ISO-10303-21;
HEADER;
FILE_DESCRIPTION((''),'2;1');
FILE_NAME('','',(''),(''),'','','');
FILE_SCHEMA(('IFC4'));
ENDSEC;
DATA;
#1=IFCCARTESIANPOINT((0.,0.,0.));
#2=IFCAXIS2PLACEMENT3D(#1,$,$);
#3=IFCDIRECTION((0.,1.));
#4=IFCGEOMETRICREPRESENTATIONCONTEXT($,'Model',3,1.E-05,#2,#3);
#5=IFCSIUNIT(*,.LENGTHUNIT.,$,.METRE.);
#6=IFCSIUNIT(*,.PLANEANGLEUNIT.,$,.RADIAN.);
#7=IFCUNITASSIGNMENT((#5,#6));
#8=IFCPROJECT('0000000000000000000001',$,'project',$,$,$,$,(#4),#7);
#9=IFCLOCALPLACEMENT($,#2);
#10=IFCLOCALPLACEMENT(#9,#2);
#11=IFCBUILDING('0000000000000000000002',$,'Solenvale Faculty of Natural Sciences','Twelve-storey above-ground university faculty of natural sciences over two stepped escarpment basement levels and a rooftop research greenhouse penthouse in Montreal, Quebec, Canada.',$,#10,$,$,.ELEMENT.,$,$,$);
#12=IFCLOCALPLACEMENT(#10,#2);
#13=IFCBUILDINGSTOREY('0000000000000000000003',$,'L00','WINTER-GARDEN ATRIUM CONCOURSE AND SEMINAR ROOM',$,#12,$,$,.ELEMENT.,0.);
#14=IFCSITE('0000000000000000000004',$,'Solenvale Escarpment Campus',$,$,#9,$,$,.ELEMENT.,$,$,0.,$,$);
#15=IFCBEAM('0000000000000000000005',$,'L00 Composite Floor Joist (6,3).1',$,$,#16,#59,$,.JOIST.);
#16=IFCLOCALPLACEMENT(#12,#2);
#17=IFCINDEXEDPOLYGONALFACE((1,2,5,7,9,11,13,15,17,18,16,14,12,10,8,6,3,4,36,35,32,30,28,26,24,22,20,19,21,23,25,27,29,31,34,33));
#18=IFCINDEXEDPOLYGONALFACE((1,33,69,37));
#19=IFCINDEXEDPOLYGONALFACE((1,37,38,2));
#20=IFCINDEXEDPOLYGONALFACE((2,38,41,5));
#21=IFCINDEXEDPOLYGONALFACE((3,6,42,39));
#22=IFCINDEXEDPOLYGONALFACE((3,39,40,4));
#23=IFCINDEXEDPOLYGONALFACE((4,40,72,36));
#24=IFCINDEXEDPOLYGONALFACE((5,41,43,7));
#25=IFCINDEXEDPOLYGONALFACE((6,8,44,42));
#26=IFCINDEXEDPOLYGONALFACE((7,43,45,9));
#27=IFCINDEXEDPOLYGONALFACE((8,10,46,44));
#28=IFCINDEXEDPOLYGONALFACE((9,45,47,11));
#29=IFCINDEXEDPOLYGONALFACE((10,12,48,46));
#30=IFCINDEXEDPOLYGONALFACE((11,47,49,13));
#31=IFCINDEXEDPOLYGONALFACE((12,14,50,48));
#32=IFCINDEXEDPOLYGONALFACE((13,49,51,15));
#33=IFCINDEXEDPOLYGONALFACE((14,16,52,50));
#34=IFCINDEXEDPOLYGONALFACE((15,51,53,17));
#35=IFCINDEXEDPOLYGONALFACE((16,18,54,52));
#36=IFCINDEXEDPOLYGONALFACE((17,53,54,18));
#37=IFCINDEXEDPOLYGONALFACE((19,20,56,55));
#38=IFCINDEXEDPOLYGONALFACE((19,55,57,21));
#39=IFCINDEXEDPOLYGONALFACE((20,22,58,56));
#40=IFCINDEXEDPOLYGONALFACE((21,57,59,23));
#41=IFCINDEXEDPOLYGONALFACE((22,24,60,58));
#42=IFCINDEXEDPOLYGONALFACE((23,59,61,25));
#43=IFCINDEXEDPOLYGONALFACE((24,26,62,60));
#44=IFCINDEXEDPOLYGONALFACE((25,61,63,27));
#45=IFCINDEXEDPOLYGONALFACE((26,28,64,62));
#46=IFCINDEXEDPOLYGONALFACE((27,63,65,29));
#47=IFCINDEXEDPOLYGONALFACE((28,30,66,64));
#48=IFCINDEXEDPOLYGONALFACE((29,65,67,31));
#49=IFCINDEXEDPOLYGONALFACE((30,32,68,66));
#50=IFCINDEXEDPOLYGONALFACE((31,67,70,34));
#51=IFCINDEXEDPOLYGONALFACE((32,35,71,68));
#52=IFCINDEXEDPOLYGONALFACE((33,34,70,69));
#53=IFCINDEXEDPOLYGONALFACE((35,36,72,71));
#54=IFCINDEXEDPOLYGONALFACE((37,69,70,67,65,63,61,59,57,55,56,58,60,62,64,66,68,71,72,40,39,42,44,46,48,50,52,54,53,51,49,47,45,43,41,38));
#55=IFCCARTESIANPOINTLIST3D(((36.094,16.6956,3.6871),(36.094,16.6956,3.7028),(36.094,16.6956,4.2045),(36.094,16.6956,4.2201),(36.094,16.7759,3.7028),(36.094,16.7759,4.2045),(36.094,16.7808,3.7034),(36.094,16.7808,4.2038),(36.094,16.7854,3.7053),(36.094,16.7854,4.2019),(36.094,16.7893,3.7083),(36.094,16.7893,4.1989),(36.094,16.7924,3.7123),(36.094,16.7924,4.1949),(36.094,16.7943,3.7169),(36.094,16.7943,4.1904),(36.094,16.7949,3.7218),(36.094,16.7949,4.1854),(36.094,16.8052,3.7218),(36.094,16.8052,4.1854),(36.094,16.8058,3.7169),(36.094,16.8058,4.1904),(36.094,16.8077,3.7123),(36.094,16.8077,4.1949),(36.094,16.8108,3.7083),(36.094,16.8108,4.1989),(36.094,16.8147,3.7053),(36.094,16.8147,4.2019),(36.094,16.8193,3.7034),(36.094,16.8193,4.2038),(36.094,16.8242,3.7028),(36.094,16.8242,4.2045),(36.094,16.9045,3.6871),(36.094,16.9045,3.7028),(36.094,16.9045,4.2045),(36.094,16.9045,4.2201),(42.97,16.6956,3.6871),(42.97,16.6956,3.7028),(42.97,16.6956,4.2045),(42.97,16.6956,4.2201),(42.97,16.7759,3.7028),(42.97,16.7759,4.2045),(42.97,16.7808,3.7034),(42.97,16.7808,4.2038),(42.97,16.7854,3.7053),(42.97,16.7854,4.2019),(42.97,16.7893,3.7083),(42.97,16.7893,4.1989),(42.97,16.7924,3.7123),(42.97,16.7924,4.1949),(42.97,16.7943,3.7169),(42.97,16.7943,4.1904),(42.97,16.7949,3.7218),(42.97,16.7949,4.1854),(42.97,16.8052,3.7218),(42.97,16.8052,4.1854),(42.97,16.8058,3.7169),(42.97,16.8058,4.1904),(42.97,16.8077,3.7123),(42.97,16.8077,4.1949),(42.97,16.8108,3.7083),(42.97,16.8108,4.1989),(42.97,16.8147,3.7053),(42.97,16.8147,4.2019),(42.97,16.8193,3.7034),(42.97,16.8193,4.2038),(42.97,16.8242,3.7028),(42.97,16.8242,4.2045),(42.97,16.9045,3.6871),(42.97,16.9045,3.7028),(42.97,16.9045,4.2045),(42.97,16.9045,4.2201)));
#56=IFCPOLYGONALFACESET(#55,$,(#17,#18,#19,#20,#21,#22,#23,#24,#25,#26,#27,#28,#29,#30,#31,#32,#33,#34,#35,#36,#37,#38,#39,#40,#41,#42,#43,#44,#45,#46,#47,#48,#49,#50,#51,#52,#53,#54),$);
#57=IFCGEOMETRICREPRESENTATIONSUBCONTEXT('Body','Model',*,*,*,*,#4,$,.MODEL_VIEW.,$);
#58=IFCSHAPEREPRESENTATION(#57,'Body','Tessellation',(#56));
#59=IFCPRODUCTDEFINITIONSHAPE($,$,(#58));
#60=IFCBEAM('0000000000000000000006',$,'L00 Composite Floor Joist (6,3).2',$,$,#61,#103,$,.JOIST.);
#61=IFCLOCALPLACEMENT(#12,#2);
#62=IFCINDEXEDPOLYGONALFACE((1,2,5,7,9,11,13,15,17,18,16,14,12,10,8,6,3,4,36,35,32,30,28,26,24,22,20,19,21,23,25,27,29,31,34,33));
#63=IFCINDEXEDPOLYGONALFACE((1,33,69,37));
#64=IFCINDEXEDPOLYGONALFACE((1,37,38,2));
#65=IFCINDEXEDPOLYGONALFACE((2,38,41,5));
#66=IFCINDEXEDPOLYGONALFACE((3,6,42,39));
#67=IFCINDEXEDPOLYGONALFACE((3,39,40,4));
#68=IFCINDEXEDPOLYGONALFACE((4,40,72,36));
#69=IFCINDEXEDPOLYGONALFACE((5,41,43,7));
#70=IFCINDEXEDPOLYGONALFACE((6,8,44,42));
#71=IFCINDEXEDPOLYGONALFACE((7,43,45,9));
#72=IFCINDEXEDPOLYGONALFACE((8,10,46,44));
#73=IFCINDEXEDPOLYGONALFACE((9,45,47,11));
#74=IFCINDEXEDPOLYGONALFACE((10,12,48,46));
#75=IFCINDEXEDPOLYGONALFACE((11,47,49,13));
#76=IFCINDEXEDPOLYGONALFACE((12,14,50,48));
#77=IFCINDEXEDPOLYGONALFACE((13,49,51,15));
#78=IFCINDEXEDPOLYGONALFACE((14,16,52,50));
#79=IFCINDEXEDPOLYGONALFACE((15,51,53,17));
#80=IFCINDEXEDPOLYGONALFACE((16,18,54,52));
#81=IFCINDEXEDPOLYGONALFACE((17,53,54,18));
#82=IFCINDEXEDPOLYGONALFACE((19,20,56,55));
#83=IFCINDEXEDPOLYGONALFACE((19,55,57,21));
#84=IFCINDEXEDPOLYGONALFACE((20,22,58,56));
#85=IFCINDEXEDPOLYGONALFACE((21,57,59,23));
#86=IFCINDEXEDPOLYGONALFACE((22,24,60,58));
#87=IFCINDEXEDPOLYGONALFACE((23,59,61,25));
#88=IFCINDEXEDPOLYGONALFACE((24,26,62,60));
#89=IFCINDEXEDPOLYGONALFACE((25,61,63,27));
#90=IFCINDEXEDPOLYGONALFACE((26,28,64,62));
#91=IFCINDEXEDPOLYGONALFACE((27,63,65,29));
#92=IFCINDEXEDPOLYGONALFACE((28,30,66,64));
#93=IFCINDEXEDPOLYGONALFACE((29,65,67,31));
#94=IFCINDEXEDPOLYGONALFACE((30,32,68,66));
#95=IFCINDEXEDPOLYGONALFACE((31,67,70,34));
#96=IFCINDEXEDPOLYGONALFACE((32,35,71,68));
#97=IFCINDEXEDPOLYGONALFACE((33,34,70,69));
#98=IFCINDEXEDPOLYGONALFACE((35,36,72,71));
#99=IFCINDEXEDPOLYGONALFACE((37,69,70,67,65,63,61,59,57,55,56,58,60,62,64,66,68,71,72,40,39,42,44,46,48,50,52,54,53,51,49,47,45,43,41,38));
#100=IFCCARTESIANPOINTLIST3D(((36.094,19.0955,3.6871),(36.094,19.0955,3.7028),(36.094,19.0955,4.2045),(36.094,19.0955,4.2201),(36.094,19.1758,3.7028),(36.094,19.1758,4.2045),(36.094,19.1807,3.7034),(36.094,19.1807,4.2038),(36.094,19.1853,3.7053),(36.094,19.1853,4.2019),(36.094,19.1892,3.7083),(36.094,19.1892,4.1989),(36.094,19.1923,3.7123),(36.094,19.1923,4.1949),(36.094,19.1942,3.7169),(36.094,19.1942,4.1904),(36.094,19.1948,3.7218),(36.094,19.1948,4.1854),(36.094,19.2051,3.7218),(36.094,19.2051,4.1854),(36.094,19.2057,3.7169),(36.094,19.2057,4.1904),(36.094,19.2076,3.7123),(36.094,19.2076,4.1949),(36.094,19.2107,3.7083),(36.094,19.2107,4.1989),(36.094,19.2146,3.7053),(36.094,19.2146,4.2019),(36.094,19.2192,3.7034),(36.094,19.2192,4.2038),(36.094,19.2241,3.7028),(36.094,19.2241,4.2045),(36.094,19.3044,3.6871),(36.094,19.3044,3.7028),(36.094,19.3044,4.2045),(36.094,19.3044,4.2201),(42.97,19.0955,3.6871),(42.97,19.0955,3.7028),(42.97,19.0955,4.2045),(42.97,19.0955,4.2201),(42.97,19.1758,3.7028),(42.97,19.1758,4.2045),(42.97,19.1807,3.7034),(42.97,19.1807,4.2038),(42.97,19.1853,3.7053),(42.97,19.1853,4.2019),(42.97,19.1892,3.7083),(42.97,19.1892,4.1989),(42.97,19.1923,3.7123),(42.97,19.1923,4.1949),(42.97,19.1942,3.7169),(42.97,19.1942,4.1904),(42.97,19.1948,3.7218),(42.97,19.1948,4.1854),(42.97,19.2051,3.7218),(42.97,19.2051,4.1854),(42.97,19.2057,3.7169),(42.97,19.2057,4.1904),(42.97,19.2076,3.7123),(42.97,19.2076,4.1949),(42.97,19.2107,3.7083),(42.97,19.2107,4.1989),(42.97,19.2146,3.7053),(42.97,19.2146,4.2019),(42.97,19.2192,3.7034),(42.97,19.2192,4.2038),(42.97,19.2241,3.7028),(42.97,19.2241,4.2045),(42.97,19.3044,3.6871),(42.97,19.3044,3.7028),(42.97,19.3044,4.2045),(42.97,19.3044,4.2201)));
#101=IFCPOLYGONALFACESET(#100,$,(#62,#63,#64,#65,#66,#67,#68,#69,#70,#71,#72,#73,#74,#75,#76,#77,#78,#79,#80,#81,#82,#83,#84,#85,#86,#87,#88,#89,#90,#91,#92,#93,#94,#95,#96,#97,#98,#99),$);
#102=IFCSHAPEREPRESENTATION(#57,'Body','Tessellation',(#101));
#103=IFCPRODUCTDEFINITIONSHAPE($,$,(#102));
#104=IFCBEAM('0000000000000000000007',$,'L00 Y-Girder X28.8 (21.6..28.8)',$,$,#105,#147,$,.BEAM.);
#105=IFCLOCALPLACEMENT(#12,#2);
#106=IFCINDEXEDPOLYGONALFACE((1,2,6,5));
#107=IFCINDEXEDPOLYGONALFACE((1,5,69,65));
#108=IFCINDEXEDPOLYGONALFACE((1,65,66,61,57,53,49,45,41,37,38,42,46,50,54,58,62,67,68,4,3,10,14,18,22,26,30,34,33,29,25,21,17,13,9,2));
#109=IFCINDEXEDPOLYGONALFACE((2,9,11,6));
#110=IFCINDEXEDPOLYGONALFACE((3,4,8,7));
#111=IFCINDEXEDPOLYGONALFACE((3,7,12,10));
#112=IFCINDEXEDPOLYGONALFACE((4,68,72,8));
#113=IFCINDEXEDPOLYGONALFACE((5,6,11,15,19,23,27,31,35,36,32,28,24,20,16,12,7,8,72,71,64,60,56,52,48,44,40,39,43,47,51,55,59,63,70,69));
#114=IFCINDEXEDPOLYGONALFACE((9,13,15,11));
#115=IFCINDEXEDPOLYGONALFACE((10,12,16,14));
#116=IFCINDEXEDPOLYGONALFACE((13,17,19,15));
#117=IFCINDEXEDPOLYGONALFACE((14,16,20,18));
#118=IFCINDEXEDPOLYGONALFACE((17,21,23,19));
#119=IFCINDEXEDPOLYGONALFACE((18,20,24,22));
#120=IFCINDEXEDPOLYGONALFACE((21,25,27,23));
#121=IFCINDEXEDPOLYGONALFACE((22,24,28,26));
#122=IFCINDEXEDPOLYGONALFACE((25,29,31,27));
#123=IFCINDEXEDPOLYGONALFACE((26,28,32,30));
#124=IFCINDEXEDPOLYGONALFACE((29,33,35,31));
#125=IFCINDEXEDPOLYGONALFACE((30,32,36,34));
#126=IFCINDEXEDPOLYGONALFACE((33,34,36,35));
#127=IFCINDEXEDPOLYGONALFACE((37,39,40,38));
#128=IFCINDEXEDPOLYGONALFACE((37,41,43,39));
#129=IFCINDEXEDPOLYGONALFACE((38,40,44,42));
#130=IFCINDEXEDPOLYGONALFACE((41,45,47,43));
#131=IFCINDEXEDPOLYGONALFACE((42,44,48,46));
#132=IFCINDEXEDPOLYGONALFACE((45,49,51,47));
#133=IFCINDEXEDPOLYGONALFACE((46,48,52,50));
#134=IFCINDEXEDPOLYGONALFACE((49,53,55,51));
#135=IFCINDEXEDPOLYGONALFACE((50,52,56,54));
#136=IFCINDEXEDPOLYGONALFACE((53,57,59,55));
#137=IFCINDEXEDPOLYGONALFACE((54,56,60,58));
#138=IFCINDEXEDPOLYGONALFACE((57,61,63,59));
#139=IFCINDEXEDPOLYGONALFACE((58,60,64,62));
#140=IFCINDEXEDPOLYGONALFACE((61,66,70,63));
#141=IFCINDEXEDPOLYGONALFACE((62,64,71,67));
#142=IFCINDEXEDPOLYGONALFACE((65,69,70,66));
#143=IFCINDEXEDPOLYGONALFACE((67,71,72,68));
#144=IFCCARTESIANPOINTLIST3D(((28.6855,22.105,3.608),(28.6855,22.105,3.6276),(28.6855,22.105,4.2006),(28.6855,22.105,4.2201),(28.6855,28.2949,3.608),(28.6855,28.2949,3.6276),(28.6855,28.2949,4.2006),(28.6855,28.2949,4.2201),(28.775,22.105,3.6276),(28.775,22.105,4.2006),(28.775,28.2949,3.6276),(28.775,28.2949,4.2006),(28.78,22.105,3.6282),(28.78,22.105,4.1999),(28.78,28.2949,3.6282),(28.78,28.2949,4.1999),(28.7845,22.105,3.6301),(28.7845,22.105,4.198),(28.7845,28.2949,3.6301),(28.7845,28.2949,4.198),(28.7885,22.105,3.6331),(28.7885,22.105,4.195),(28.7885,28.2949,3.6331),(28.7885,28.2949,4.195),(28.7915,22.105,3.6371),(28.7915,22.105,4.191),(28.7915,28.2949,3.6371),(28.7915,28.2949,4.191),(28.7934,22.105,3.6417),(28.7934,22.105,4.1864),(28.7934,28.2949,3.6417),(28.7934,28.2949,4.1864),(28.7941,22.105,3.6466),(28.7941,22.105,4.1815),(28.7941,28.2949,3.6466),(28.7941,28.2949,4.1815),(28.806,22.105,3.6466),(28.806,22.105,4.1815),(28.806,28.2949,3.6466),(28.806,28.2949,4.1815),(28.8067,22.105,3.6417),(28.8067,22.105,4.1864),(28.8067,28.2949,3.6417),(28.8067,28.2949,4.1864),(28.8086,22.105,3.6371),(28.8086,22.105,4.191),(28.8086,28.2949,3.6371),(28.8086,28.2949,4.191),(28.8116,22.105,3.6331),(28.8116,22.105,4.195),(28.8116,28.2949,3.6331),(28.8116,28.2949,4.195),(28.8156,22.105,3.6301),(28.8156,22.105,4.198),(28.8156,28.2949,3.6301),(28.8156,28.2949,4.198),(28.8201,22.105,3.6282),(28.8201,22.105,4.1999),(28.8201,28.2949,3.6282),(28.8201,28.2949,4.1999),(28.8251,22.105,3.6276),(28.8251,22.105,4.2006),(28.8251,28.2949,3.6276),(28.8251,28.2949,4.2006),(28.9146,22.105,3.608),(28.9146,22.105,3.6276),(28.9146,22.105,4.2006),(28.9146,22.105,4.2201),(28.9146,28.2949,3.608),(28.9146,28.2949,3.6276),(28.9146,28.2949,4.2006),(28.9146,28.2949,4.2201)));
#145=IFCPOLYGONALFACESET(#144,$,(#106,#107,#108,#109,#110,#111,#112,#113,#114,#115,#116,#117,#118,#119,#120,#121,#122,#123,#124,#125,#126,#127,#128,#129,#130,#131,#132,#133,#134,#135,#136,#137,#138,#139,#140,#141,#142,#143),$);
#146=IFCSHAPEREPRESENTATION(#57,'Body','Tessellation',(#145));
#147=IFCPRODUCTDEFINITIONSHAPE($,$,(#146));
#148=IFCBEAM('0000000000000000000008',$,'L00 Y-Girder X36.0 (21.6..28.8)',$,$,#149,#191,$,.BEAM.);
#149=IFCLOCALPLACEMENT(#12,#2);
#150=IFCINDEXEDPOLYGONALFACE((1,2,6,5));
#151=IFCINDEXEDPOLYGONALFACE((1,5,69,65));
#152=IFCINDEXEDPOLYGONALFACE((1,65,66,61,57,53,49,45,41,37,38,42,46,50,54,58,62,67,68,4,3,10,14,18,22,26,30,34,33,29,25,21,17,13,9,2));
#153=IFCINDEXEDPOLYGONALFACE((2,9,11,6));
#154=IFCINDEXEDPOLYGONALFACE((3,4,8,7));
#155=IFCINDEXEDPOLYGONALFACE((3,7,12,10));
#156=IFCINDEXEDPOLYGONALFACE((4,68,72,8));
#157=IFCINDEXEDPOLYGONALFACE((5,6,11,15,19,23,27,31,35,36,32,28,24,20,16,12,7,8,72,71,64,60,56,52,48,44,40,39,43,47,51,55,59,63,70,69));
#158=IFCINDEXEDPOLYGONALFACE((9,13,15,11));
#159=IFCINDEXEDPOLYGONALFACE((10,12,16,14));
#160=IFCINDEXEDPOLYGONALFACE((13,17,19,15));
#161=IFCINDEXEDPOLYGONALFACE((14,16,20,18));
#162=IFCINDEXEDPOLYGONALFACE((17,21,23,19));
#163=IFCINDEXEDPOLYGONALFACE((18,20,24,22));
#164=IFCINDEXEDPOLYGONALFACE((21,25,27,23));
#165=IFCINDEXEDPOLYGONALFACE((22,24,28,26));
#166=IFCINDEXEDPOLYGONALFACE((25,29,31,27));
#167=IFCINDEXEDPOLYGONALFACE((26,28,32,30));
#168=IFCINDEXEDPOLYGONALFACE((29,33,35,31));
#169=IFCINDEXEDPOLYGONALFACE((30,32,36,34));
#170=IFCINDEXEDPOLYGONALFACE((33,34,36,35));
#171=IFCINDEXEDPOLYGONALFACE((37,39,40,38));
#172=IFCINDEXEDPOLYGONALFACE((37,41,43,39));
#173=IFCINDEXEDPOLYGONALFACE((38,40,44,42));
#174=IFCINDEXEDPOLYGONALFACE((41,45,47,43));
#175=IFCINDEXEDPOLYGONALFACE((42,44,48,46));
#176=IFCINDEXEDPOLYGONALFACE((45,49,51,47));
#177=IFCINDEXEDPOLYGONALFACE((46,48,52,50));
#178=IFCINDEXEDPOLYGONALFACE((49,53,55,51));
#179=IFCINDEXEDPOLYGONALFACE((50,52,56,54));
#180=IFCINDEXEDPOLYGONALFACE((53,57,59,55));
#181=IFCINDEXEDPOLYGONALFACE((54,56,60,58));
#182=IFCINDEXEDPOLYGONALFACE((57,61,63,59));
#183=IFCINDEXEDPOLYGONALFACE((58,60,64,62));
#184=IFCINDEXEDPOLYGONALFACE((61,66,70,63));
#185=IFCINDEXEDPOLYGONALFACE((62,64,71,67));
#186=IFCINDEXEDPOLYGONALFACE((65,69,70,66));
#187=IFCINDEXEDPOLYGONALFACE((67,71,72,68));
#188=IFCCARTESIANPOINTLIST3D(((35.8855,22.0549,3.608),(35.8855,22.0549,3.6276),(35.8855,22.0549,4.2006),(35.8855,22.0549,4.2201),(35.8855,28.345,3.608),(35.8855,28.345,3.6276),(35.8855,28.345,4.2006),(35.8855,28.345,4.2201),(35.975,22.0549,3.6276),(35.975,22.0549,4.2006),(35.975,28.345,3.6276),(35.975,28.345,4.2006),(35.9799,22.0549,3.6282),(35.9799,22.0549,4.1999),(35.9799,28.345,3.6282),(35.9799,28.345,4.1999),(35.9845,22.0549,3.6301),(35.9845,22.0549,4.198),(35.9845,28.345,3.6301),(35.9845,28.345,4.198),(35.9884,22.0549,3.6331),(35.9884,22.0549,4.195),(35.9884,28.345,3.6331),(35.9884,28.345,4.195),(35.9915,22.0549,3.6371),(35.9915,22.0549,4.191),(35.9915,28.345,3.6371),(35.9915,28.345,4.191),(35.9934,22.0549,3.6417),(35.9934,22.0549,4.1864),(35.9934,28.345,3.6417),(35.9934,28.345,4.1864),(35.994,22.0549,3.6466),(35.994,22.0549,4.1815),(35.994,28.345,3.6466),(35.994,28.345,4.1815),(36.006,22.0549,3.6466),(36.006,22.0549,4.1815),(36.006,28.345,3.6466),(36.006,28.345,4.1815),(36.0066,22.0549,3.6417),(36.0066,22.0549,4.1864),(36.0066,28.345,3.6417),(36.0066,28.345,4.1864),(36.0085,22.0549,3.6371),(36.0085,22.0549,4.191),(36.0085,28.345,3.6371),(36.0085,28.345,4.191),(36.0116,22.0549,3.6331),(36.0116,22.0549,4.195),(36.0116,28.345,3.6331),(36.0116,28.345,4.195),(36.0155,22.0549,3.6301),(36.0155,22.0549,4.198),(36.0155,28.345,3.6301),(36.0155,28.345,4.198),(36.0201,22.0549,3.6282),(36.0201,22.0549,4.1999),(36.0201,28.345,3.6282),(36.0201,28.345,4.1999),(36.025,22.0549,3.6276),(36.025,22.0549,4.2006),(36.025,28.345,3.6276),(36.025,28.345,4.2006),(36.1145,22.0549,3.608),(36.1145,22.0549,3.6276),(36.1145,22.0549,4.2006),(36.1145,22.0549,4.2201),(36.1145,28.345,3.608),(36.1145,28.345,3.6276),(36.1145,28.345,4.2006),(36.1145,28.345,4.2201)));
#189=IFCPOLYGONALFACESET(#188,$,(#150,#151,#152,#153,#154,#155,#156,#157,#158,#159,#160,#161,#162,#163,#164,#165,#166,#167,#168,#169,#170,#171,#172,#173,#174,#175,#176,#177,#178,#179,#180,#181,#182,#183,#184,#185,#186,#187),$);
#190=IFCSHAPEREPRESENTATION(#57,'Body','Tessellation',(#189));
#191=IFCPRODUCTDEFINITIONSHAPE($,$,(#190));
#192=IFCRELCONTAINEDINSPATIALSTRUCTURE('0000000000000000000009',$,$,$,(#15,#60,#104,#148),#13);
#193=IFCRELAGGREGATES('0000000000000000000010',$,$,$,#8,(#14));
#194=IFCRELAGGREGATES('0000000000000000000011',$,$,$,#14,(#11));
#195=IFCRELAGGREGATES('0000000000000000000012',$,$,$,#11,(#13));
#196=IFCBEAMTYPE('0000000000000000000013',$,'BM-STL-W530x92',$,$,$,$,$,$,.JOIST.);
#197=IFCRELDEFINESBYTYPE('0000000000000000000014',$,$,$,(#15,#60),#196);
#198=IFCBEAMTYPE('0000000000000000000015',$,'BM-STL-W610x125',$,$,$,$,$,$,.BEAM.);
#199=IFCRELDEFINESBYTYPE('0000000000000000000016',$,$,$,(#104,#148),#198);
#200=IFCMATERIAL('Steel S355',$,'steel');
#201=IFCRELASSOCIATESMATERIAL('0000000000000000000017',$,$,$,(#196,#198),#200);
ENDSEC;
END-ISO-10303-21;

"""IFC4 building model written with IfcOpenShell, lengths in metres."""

from ifc_helpers import new_model, si_unit, direction, frame, origin, origin_2d, place, context, subcontext, project, spatial, i_section, extrude, material, material_profile, profile_set, type_object, element, save


model = new_model("IFC4")

# Units and contexts
model_context = context("Model", 3, precision=1e-05, world=origin(), true_north=direction((0.0, 1.0)))
body_context = subcontext(model_context, "Body", "Model", "MODEL_VIEW")
ifc_project = project(units=[si_unit("LENGTHUNIT", "METRE"), si_unit("PLANEANGLEUNIT", "RADIAN")], contexts=[model_context])

# Site, building, storey
site_placement = place(None, origin())
site = spatial("IfcSite", under=ifc_project, at=site_placement, Name="Solenvale Escarpment Campus", CompositionType="ELEMENT", RefElevation=0.0)
building_placement = place(site_placement, origin())
building = spatial("IfcBuilding", under=site, at=building_placement, Name="Solenvale Faculty of Natural Sciences", Description="Twelve-storey above-ground university faculty of natural sciences over two stepped escarpment basement levels and a rooftop research greenhouse penthouse in Montreal, Quebec, Canada.", CompositionType="ELEMENT")
storey_placement = place(building_placement, origin())
storey = spatial("IfcBuildingStorey", under=building, at=storey_placement, Name="L00", Description="WINTER-GARDEN ATRIUM CONCOURSE AND SEMINAR ROOM", CompositionType="ELEMENT", Elevation=0.0)

# Beams
ifc_material_1 = material(Name="Steel S355", Category="steel")
ifc_material_profile_1 = material_profile(ifc_material_1, i_section(OverallWidth=0.209, OverallDepth=0.533, WebThickness=0.0103, FlangeThickness=0.0156, FilletRadius=0.019, at=origin_2d()), Name="W530x92")
ifc_profile_set_1 = profile_set([ifc_material_profile_1], Name="Steel S355")
beam_type_1 = type_object("IfcBeamType", Name="BM-STL-W530x92", PredefinedType="JOIST", material=ifc_profile_set_1)
for number, where, z_axis, x_axis, name in (
    (1, (36.094, 16.8, 3.9536), (1.0, 0.0, 0.0), (0.0, 1.0, 0.0), "L00 Composite Floor Joist (6,3).1"),
    (2, (36.094, 19.2, 3.9536), (1.0, 0.0, 0.0), (0.0, 1.0, 0.0), "L00 Composite Floor Joist (6,3).2"),
):
    element("IfcBeam", number, at=place(storey_placement, frame(where, z_axis=z_axis, x_axis=x_axis)), inside=storey, type_object=beam_type_1, Name=name, PredefinedType="JOIST", context=body_context, shape_type="SweptSolid", body=[
        extrude(i_section(OverallWidth=0.209, OverallDepth=0.533, WebThickness=0.0103, FlangeThickness=0.0156, FilletRadius=0.019, at=origin_2d()), origin(), (0.0, 0.0, 1.0), 6.876),
    ])
ifc_material_profile_2 = material_profile(ifc_material_1, i_section(OverallWidth=0.229, OverallDepth=0.6121, WebThickness=0.012, FlangeThickness=0.0195, FilletRadius=0.019, at=origin_2d()), Name="W610x125")
ifc_profile_set_2 = profile_set([ifc_material_profile_2], Name="Steel S355")
beam_type_2 = type_object("IfcBeamType", Name="BM-STL-W610x125", PredefinedType="BEAM", material=ifc_profile_set_2)
beam_1_placement = place(storey_placement, frame((28.8, 22.105, 3.9141), z_axis=(0.0, 1.0, 0.0), x_axis=(-1.0, 0.0, 0.0)))
element("IfcBeam", 3, at=beam_1_placement, inside=storey, type_object=beam_type_2, Name="L00 Y-Girder X28.8 (21.6..28.8)", PredefinedType="BEAM", context=body_context, shape_type="SweptSolid", body=[
    extrude(i_section(OverallWidth=0.229, OverallDepth=0.6121, WebThickness=0.012, FlangeThickness=0.0195, FilletRadius=0.019, at=origin_2d()), origin(), (0.0, 0.0, 1.0), 6.1899),
])
beam_2_placement = place(storey_placement, frame((36.0, 22.0549, 3.9141), z_axis=(0.0, 1.0, 0.0), x_axis=(-1.0, 0.0, 0.0)))
element("IfcBeam", 4, at=beam_2_placement, inside=storey, type_object=beam_type_2, Name="L00 Y-Girder X36.0 (21.6..28.8)", PredefinedType="BEAM", context=body_context, shape_type="SweptSolid", body=[
    extrude(i_section(OverallWidth=0.229, OverallDepth=0.6121, WebThickness=0.012, FlangeThickness=0.0195, FilletRadius=0.019, at=origin_2d()), origin(), (0.0, 0.0, 1.0), 6.29),
])

save(model, "model.ifc")
